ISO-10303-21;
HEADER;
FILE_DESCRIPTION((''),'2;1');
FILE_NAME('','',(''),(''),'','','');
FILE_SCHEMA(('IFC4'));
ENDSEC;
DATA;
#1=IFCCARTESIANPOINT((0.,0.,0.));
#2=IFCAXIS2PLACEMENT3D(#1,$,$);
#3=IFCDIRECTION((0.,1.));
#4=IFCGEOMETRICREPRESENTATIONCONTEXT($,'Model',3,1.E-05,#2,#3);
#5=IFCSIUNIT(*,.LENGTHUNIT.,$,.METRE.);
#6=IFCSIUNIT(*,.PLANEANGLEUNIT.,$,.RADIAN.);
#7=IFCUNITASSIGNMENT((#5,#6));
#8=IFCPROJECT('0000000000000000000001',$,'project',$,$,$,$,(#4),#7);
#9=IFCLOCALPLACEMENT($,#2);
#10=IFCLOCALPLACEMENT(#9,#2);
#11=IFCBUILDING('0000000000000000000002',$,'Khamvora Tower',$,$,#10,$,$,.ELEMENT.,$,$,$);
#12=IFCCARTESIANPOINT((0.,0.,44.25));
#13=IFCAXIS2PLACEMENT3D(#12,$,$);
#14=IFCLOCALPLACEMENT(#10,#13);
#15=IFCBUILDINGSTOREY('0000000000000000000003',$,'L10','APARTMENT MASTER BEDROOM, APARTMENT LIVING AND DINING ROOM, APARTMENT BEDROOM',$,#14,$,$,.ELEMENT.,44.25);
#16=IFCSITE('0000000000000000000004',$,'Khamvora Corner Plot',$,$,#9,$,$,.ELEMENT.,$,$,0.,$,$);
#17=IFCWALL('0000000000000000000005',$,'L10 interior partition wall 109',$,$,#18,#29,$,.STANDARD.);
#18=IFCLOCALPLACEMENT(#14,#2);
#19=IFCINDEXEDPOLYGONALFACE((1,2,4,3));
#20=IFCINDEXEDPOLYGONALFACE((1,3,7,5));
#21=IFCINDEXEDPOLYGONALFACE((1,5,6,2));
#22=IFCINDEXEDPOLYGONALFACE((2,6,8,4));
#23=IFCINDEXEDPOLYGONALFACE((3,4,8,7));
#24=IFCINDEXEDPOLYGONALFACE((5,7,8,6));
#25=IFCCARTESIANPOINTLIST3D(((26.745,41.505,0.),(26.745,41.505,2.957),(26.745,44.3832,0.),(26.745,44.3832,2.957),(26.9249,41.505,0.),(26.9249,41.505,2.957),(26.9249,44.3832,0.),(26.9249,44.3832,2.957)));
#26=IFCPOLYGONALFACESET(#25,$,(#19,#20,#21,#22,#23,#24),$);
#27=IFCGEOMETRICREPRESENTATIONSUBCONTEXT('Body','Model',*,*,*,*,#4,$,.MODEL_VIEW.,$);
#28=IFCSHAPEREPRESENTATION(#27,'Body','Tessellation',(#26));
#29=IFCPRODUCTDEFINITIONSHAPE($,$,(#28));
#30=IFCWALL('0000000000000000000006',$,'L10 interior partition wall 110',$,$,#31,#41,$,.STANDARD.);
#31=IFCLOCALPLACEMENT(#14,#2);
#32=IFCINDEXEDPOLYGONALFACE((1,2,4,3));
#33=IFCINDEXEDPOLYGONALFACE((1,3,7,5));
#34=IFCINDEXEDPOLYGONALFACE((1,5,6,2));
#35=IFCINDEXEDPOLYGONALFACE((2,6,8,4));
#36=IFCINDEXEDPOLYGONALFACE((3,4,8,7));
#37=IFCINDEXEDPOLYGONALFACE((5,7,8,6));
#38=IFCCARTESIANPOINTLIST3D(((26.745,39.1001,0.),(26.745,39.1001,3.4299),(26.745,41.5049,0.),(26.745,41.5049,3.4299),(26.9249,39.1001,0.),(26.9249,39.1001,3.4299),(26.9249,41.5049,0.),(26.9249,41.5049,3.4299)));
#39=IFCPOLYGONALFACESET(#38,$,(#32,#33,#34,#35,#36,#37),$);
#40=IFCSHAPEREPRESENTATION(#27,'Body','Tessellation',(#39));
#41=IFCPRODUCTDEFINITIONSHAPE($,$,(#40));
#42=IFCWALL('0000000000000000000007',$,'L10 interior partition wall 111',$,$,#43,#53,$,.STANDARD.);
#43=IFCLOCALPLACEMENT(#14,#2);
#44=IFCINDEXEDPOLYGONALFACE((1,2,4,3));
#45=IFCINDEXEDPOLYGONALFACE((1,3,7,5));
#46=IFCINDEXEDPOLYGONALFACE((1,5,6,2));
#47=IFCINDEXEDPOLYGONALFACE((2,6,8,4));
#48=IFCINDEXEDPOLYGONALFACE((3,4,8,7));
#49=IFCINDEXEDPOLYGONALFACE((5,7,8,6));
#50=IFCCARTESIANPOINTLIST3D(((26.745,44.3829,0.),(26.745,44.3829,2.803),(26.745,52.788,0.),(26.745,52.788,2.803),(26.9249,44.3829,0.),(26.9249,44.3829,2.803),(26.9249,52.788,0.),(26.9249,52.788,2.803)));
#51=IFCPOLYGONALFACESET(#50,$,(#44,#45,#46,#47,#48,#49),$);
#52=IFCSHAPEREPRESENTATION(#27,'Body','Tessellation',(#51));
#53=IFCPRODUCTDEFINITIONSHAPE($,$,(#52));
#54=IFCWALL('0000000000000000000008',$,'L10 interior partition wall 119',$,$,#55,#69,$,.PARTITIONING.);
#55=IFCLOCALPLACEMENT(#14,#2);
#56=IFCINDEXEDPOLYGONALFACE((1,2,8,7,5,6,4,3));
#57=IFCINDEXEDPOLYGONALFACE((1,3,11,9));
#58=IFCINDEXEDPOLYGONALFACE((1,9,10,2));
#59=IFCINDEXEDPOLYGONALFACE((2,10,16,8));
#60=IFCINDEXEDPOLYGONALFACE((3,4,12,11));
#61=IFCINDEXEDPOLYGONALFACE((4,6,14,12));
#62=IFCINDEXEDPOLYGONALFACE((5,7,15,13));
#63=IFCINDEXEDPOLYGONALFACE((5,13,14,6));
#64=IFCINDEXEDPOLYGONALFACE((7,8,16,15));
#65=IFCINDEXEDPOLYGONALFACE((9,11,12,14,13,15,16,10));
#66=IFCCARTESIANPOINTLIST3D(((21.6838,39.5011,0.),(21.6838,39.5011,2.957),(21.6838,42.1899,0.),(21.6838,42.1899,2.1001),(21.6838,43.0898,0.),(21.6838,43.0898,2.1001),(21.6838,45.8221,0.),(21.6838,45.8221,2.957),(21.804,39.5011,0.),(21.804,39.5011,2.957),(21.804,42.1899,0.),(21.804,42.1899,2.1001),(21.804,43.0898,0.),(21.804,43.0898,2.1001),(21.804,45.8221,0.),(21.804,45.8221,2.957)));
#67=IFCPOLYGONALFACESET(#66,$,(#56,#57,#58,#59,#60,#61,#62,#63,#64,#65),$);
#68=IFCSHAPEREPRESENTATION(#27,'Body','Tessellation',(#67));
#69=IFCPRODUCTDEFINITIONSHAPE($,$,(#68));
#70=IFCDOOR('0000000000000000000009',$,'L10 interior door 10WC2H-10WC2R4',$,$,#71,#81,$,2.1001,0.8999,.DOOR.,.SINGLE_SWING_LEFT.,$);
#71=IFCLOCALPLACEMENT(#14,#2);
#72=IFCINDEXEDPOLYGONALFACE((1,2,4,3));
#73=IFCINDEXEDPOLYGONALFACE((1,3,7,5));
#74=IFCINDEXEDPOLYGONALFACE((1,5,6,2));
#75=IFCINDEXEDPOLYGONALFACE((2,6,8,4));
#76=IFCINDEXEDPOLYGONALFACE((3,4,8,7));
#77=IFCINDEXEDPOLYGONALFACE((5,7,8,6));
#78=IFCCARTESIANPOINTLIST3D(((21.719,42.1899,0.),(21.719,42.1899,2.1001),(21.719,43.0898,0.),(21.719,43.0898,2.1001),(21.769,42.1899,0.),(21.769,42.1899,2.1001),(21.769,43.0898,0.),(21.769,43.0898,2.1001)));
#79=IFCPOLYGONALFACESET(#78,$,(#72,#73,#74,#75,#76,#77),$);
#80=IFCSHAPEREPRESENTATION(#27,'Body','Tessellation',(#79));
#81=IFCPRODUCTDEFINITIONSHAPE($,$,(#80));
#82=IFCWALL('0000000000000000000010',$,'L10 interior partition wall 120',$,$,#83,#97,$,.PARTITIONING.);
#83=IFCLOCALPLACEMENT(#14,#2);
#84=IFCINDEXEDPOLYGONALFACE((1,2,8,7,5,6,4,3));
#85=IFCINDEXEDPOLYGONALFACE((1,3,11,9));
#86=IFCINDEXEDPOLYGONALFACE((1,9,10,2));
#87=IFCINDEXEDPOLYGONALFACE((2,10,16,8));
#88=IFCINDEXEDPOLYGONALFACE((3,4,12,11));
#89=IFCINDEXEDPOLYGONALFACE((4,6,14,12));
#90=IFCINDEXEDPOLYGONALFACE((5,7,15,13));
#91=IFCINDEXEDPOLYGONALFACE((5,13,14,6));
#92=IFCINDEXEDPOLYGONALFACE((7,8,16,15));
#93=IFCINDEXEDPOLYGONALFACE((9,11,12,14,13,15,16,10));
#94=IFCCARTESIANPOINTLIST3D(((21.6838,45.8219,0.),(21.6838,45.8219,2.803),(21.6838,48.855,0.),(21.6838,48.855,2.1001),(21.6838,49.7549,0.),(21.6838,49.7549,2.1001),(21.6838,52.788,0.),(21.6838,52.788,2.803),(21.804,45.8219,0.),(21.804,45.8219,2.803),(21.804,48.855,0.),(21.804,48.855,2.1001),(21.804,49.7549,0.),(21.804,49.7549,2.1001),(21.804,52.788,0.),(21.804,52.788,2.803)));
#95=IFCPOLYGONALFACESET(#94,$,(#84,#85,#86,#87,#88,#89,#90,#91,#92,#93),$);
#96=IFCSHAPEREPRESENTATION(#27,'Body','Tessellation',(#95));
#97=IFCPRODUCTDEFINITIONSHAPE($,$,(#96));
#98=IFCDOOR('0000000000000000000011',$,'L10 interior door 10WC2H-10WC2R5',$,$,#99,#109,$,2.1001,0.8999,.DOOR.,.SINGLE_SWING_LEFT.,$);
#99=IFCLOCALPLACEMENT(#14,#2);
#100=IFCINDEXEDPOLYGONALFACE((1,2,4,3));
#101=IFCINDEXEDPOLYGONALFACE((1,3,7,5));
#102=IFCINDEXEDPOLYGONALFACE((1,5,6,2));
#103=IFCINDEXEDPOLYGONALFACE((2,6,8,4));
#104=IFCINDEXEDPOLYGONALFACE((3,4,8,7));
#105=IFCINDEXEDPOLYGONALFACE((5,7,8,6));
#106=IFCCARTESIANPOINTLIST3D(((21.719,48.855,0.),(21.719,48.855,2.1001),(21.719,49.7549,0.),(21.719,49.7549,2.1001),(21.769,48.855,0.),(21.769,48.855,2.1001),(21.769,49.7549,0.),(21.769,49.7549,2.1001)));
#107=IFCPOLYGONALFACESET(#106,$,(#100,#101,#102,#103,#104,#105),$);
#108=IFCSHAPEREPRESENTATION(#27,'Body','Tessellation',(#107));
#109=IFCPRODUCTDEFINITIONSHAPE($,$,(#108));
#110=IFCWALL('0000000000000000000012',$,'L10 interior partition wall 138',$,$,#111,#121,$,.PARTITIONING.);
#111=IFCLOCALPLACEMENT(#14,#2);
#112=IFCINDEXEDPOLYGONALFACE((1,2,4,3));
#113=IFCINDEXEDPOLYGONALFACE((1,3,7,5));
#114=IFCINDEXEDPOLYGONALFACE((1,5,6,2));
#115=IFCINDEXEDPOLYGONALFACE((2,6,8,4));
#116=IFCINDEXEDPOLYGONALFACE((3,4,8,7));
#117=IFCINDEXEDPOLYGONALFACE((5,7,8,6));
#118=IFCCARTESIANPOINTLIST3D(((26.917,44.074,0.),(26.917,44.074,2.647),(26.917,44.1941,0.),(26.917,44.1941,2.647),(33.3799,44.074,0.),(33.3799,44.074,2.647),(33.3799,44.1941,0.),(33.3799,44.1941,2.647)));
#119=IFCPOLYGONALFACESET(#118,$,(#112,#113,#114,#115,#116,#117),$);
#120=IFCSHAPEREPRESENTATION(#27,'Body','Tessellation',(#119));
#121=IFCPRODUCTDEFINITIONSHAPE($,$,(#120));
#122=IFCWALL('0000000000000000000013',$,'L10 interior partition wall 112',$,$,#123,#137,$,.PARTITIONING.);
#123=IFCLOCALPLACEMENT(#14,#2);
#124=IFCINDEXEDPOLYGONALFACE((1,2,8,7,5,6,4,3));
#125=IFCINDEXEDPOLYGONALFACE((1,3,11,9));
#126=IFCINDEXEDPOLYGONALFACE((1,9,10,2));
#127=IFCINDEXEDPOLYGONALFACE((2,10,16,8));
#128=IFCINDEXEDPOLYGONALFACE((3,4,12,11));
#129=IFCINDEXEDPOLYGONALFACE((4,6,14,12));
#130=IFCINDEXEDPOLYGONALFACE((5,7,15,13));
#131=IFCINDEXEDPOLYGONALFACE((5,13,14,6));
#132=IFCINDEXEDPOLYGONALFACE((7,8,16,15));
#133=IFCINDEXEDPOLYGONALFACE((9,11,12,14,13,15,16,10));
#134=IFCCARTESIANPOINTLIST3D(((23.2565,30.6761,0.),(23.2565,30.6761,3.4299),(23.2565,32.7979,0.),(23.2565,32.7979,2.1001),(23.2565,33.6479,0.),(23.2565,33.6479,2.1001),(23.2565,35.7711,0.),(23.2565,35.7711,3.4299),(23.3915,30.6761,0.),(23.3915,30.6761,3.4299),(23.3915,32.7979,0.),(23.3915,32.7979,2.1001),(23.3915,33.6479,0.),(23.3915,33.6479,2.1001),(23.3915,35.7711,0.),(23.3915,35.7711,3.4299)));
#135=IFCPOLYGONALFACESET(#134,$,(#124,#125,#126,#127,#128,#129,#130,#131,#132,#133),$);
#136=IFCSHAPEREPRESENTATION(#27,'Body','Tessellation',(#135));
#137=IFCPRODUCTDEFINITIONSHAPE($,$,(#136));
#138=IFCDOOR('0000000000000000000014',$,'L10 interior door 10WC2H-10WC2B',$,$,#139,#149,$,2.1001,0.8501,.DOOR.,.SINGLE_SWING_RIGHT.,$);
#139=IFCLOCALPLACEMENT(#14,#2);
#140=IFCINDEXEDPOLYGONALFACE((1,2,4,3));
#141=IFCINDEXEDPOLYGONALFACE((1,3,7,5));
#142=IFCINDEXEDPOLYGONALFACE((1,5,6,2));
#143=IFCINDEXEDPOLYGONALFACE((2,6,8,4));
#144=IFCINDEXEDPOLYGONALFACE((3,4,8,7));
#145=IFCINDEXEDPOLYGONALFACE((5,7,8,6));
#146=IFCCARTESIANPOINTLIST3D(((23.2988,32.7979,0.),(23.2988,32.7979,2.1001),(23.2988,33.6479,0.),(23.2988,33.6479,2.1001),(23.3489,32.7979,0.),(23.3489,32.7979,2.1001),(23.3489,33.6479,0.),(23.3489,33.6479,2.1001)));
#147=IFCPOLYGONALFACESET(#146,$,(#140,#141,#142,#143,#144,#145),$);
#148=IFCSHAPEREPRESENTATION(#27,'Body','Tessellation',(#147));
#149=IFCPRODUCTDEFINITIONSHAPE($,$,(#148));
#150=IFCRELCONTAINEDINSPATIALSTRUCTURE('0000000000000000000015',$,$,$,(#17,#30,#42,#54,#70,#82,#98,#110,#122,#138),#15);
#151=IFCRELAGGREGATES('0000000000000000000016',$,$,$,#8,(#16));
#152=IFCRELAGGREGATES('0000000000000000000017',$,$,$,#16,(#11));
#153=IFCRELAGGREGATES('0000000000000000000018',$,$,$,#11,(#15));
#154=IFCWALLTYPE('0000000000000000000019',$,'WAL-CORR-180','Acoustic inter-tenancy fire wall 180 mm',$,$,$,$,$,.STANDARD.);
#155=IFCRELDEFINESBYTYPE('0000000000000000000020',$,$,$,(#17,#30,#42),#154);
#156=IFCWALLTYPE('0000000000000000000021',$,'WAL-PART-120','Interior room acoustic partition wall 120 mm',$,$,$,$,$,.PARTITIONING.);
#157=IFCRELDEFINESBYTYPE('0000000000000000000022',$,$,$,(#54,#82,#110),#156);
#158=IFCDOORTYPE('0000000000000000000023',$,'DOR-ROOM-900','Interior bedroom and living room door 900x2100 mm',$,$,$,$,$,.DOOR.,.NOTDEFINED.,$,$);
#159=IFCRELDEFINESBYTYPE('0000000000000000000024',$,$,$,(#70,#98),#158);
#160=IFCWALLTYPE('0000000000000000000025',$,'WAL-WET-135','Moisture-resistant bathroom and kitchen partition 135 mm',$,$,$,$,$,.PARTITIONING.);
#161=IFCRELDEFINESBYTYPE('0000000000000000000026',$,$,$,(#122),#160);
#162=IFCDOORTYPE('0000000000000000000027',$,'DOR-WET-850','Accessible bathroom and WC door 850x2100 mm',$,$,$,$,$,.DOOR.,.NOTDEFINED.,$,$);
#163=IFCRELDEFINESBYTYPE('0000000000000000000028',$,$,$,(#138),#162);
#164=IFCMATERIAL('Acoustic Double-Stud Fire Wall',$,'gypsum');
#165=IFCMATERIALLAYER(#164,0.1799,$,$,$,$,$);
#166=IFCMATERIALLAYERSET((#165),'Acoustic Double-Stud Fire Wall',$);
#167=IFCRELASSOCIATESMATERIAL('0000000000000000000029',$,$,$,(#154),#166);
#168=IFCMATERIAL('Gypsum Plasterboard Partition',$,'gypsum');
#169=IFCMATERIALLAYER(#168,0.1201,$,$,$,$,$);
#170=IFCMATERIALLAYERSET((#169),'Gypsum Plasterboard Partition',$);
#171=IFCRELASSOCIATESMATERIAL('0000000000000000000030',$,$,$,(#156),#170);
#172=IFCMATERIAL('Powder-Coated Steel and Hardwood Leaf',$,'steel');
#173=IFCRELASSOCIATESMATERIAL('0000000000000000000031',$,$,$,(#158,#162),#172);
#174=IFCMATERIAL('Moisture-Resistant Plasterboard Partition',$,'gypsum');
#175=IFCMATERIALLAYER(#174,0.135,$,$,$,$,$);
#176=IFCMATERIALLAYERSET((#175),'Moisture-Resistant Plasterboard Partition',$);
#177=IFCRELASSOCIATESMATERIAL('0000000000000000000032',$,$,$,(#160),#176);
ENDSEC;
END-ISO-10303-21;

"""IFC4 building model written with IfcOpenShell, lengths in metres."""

from ifc_helpers import new_model, si_unit, direction, frame, frame_2d, origin, place, context, subcontext, project, spatial, rectangle, extrude, material, layer, layer_set, type_object, element, fill, save


model = new_model("IFC4")

# Units and contexts
model_context = context("Model", 3, precision=1e-05, world=origin(), true_north=direction((0.0, 1.0)))
body_context = subcontext(model_context, "Body", "Model", "MODEL_VIEW")
ifc_project = project(units=[si_unit("LENGTHUNIT", "METRE"), si_unit("PLANEANGLEUNIT", "RADIAN")], contexts=[model_context])

# Site, building, storey
site_placement = place(None, origin())
site = spatial("IfcSite", under=ifc_project, at=site_placement, Name="Khamvora Corner Plot", CompositionType="ELEMENT", RefElevation=0.0)
building_placement = place(site_placement, origin())
building = spatial("IfcBuilding", under=site, at=building_placement, Name="Khamvora Tower", CompositionType="ELEMENT")
storey_placement = place(building_placement, frame((0.0, 0.0, 44.25)))
storey = spatial("IfcBuildingStorey", under=building, at=storey_placement, Name="L10", Description="APARTMENT MASTER BEDROOM, APARTMENT LIVING AND DINING ROOM, APARTMENT BEDROOM", CompositionType="ELEMENT", Elevation=44.25)

# Walls
ifc_material_1 = material(Name="Acoustic Double-Stud Fire Wall", Category="gypsum")
ifc_layer_1 = layer(ifc_material_1, 0.1799)
ifc_layer_set_1 = layer_set([ifc_layer_1], Name="Acoustic Double-Stud Fire Wall")
wall_type_1 = type_object("IfcWallType", Name="WAL-CORR-180", Description="Acoustic inter-tenancy fire wall 180 mm", PredefinedType="STANDARD", material=ifc_layer_set_1)
wall_1_placement = place(storey_placement, frame((26.835, 44.3831, 0.0), z_axis=(0.0, 0.0, 1.0), x_axis=(0.0, -1.0, 0.0)))
element("IfcWall", 1, at=wall_1_placement, inside=storey, type_object=wall_type_1, Name="L10 interior partition wall 109", PredefinedType="STANDARD", context=body_context, shape_type="SweptSolid", body=[
    extrude(rectangle(XDim=2.8782, YDim=0.1799, at=frame_2d((1.439, 0.0))), origin(), (0.0, 0.0, 1.0), 2.957),
])
wall_2_placement = place(storey_placement, frame((26.835, 41.5049, 0.0), z_axis=(0.0, 0.0, 1.0), x_axis=(0.0, -1.0, 0.0)))
element("IfcWall", 2, at=wall_2_placement, inside=storey, type_object=wall_type_1, Name="L10 interior partition wall 110", PredefinedType="STANDARD", context=body_context, shape_type="SweptSolid", body=[
    extrude(rectangle(XDim=2.4048, YDim=0.1799, at=frame_2d((1.2024, 0.0))), origin(), (0.0, 0.0, 1.0), 3.4299),
])
wall_3_placement = place(storey_placement, frame((26.835, 52.7881, 0.0), z_axis=(0.0, 0.0, 1.0), x_axis=(0.0, -1.0, 0.0)))
element("IfcWall", 3, at=wall_3_placement, inside=storey, type_object=wall_type_1, Name="L10 interior partition wall 111", PredefinedType="STANDARD", context=body_context, shape_type="SweptSolid", body=[
    extrude(rectangle(XDim=8.405, YDim=0.1799, at=frame_2d((4.2026, 0.0))), origin(), (0.0, 0.0, 1.0), 2.803),
])

# Walls, openings, doors
ifc_material_2 = material(Name="Gypsum Plasterboard Partition", Category="gypsum")
ifc_layer_2 = layer(ifc_material_2, 0.1201)
ifc_layer_set_2 = layer_set([ifc_layer_2], Name="Gypsum Plasterboard Partition")
wall_type_2 = type_object("IfcWallType", Name="WAL-PART-120", Description="Interior room acoustic partition wall 120 mm", PredefinedType="PARTITIONING", material=ifc_layer_set_2)
wall_4_placement = place(storey_placement, frame((21.7439, 39.501, 0.0), z_axis=(0.0, 0.0, 1.0), x_axis=(0.0, 1.0, 0.0)))
wall_4 = element("IfcWall", 4, at=wall_4_placement, inside=storey, type_object=wall_type_2, Name="L10 interior partition wall 119", PredefinedType="PARTITIONING", context=body_context, shape_type="SweptSolid", body=[
    extrude(rectangle(XDim=6.321, YDim=0.1201, at=frame_2d((3.1606, 0.0))), origin(), (0.0, 0.0, 1.0), 2.957),
])
opening_1_placement = place(wall_4_placement, frame((2.689, 0.0, 0.0)))
opening_1 = element("IfcOpeningElement", 5, at=opening_1_placement, cuts=wall_4, PredefinedType="OPENING", context=body_context, shape_type="SweptSolid", body=[
    extrude(rectangle(XDim=0.8999, YDim=2.1001, at=frame_2d((0.45, 1.05))), frame((0.0, 0.0701, 0.0), z_axis=(0.0, -1.0, 0.0), x_axis=(1.0, 0.0, 0.0)), (0.0, 0.0, 1.0), 0.1401),
])
ifc_material_3 = material(Name="Powder-Coated Steel and Hardwood Leaf", Category="steel")
door_type_1 = type_object("IfcDoorType", Name="DOR-ROOM-900", Description="Interior bedroom and living room door 900x2100 mm", OperationType="NOTDEFINED", PredefinedType="DOOR", material=ifc_material_3)
door_1_placement = place(opening_1_placement, origin())
door_1 = element("IfcDoor", 6, at=door_1_placement, inside=storey, type_object=door_type_1, Name="L10 interior door 10WC2H-10WC2R4", OperationType="SINGLE_SWING_LEFT", OverallHeight=2.1001, OverallWidth=0.8999, PredefinedType="DOOR", context=body_context, shape_type="SweptSolid", body=[
    extrude(rectangle(XDim=0.8999, YDim=2.1001, at=frame_2d((0.45, 1.05))), frame((0.0, 0.0249, 0.0), z_axis=(0.0, -1.0, 0.0), x_axis=(1.0, 0.0, 0.0)), (0.0, 0.0, 1.0), 0.05),
])
fill(opening_1, door_1)
wall_5_placement = place(storey_placement, frame((21.7439, 45.822, 0.0), z_axis=(0.0, 0.0, 1.0), x_axis=(0.0, 1.0, 0.0)))
wall_5 = element("IfcWall", 7, at=wall_5_placement, inside=storey, type_object=wall_type_2, Name="L10 interior partition wall 120", PredefinedType="PARTITIONING", context=body_context, shape_type="SweptSolid", body=[
    extrude(rectangle(XDim=6.9661, YDim=0.1201, at=frame_2d((3.4829, 0.0))), origin(), (0.0, 0.0, 1.0), 2.803),
])
opening_2_placement = place(wall_5_placement, frame((3.033, 0.0, 0.0)))
opening_2 = element("IfcOpeningElement", 8, at=opening_2_placement, cuts=wall_5, PredefinedType="OPENING", context=body_context, shape_type="SweptSolid", body=[
    extrude(rectangle(XDim=0.8999, YDim=2.1001, at=frame_2d((0.45, 1.05))), frame((0.0, 0.0701, 0.0), z_axis=(0.0, -1.0, 0.0), x_axis=(1.0, 0.0, 0.0)), (0.0, 0.0, 1.0), 0.1401),
])
door_2_placement = place(opening_2_placement, origin())
door_2 = element("IfcDoor", 9, at=door_2_placement, inside=storey, type_object=door_type_1, Name="L10 interior door 10WC2H-10WC2R5", OperationType="SINGLE_SWING_LEFT", OverallHeight=2.1001, OverallWidth=0.8999, PredefinedType="DOOR", context=body_context, shape_type="SweptSolid", body=[
    extrude(rectangle(XDim=0.8999, YDim=2.1001, at=frame_2d((0.45, 1.05))), frame((0.0, 0.0249, 0.0), z_axis=(0.0, -1.0, 0.0), x_axis=(1.0, 0.0, 0.0)), (0.0, 0.0, 1.0), 0.05),
])
fill(opening_2, door_2)

# Wall
wall_6_placement = place(storey_placement, frame((26.917, 44.134, 0.0), z_axis=(0.0, 0.0, 1.0), x_axis=(1.0, 0.0, 0.0)))
element("IfcWall", 10, at=wall_6_placement, inside=storey, type_object=wall_type_2, Name="L10 interior partition wall 138", PredefinedType="PARTITIONING", context=body_context, shape_type="SweptSolid", body=[
    extrude(rectangle(XDim=6.4629, YDim=0.1201, at=frame_2d((3.2314, 0.0))), origin(), (0.0, 0.0, 1.0), 2.647),
])

# Wall, opening, door
ifc_material_4 = material(Name="Moisture-Resistant Plasterboard Partition", Category="gypsum")
ifc_layer_3 = layer(ifc_material_4, 0.135)
ifc_layer_set_3 = layer_set([ifc_layer_3], Name="Moisture-Resistant Plasterboard Partition")
wall_type_3 = type_object("IfcWallType", Name="WAL-WET-135", Description="Moisture-resistant bathroom and kitchen partition 135 mm", PredefinedType="PARTITIONING", material=ifc_layer_set_3)
wall_7_placement = place(storey_placement, frame((23.324, 35.771, 0.0), z_axis=(0.0, 0.0, 1.0), x_axis=(0.0, -1.0, 0.0)))
wall_7 = element("IfcWall", 11, at=wall_7_placement, inside=storey, type_object=wall_type_3, Name="L10 interior partition wall 112", PredefinedType="PARTITIONING", context=body_context, shape_type="SweptSolid", body=[
    extrude(rectangle(XDim=5.095, YDim=0.135, at=frame_2d((2.5474, 0.0))), origin(), (0.0, 0.0, 1.0), 3.4299),
])
opening_3_placement = place(wall_7_placement, frame((2.123, 0.0, 0.0)))
opening_3 = element("IfcOpeningElement", 12, at=opening_3_placement, cuts=wall_7, PredefinedType="OPENING", context=body_context, shape_type="SweptSolid", body=[
    extrude(rectangle(XDim=0.8501, YDim=2.1001, at=frame_2d((0.425, 1.05))), frame((0.0, 0.0774, 0.0), z_axis=(0.0, -1.0, 0.0), x_axis=(1.0, 0.0, 0.0)), (0.0, 0.0, 1.0), 0.155),
])
door_type_2 = type_object("IfcDoorType", Name="DOR-WET-850", Description="Accessible bathroom and WC door 850x2100 mm", OperationType="NOTDEFINED", PredefinedType="DOOR", material=ifc_material_3)
door_3_placement = place(opening_3_placement, origin())
door_3 = element("IfcDoor", 13, at=door_3_placement, inside=storey, type_object=door_type_2, Name="L10 interior door 10WC2H-10WC2B", OperationType="SINGLE_SWING_RIGHT", OverallHeight=2.1001, OverallWidth=0.8501, PredefinedType="DOOR", context=body_context, shape_type="SweptSolid", body=[
    extrude(rectangle(XDim=0.8501, YDim=2.1001, at=frame_2d((0.425, 1.05))), frame((0.0, 0.0249, 0.0), z_axis=(0.0, -1.0, 0.0), x_axis=(1.0, 0.0, 0.0)), (0.0, 0.0, 1.0), 0.05),
])
fill(opening_3, door_3)

save(model, "model.ifc")
